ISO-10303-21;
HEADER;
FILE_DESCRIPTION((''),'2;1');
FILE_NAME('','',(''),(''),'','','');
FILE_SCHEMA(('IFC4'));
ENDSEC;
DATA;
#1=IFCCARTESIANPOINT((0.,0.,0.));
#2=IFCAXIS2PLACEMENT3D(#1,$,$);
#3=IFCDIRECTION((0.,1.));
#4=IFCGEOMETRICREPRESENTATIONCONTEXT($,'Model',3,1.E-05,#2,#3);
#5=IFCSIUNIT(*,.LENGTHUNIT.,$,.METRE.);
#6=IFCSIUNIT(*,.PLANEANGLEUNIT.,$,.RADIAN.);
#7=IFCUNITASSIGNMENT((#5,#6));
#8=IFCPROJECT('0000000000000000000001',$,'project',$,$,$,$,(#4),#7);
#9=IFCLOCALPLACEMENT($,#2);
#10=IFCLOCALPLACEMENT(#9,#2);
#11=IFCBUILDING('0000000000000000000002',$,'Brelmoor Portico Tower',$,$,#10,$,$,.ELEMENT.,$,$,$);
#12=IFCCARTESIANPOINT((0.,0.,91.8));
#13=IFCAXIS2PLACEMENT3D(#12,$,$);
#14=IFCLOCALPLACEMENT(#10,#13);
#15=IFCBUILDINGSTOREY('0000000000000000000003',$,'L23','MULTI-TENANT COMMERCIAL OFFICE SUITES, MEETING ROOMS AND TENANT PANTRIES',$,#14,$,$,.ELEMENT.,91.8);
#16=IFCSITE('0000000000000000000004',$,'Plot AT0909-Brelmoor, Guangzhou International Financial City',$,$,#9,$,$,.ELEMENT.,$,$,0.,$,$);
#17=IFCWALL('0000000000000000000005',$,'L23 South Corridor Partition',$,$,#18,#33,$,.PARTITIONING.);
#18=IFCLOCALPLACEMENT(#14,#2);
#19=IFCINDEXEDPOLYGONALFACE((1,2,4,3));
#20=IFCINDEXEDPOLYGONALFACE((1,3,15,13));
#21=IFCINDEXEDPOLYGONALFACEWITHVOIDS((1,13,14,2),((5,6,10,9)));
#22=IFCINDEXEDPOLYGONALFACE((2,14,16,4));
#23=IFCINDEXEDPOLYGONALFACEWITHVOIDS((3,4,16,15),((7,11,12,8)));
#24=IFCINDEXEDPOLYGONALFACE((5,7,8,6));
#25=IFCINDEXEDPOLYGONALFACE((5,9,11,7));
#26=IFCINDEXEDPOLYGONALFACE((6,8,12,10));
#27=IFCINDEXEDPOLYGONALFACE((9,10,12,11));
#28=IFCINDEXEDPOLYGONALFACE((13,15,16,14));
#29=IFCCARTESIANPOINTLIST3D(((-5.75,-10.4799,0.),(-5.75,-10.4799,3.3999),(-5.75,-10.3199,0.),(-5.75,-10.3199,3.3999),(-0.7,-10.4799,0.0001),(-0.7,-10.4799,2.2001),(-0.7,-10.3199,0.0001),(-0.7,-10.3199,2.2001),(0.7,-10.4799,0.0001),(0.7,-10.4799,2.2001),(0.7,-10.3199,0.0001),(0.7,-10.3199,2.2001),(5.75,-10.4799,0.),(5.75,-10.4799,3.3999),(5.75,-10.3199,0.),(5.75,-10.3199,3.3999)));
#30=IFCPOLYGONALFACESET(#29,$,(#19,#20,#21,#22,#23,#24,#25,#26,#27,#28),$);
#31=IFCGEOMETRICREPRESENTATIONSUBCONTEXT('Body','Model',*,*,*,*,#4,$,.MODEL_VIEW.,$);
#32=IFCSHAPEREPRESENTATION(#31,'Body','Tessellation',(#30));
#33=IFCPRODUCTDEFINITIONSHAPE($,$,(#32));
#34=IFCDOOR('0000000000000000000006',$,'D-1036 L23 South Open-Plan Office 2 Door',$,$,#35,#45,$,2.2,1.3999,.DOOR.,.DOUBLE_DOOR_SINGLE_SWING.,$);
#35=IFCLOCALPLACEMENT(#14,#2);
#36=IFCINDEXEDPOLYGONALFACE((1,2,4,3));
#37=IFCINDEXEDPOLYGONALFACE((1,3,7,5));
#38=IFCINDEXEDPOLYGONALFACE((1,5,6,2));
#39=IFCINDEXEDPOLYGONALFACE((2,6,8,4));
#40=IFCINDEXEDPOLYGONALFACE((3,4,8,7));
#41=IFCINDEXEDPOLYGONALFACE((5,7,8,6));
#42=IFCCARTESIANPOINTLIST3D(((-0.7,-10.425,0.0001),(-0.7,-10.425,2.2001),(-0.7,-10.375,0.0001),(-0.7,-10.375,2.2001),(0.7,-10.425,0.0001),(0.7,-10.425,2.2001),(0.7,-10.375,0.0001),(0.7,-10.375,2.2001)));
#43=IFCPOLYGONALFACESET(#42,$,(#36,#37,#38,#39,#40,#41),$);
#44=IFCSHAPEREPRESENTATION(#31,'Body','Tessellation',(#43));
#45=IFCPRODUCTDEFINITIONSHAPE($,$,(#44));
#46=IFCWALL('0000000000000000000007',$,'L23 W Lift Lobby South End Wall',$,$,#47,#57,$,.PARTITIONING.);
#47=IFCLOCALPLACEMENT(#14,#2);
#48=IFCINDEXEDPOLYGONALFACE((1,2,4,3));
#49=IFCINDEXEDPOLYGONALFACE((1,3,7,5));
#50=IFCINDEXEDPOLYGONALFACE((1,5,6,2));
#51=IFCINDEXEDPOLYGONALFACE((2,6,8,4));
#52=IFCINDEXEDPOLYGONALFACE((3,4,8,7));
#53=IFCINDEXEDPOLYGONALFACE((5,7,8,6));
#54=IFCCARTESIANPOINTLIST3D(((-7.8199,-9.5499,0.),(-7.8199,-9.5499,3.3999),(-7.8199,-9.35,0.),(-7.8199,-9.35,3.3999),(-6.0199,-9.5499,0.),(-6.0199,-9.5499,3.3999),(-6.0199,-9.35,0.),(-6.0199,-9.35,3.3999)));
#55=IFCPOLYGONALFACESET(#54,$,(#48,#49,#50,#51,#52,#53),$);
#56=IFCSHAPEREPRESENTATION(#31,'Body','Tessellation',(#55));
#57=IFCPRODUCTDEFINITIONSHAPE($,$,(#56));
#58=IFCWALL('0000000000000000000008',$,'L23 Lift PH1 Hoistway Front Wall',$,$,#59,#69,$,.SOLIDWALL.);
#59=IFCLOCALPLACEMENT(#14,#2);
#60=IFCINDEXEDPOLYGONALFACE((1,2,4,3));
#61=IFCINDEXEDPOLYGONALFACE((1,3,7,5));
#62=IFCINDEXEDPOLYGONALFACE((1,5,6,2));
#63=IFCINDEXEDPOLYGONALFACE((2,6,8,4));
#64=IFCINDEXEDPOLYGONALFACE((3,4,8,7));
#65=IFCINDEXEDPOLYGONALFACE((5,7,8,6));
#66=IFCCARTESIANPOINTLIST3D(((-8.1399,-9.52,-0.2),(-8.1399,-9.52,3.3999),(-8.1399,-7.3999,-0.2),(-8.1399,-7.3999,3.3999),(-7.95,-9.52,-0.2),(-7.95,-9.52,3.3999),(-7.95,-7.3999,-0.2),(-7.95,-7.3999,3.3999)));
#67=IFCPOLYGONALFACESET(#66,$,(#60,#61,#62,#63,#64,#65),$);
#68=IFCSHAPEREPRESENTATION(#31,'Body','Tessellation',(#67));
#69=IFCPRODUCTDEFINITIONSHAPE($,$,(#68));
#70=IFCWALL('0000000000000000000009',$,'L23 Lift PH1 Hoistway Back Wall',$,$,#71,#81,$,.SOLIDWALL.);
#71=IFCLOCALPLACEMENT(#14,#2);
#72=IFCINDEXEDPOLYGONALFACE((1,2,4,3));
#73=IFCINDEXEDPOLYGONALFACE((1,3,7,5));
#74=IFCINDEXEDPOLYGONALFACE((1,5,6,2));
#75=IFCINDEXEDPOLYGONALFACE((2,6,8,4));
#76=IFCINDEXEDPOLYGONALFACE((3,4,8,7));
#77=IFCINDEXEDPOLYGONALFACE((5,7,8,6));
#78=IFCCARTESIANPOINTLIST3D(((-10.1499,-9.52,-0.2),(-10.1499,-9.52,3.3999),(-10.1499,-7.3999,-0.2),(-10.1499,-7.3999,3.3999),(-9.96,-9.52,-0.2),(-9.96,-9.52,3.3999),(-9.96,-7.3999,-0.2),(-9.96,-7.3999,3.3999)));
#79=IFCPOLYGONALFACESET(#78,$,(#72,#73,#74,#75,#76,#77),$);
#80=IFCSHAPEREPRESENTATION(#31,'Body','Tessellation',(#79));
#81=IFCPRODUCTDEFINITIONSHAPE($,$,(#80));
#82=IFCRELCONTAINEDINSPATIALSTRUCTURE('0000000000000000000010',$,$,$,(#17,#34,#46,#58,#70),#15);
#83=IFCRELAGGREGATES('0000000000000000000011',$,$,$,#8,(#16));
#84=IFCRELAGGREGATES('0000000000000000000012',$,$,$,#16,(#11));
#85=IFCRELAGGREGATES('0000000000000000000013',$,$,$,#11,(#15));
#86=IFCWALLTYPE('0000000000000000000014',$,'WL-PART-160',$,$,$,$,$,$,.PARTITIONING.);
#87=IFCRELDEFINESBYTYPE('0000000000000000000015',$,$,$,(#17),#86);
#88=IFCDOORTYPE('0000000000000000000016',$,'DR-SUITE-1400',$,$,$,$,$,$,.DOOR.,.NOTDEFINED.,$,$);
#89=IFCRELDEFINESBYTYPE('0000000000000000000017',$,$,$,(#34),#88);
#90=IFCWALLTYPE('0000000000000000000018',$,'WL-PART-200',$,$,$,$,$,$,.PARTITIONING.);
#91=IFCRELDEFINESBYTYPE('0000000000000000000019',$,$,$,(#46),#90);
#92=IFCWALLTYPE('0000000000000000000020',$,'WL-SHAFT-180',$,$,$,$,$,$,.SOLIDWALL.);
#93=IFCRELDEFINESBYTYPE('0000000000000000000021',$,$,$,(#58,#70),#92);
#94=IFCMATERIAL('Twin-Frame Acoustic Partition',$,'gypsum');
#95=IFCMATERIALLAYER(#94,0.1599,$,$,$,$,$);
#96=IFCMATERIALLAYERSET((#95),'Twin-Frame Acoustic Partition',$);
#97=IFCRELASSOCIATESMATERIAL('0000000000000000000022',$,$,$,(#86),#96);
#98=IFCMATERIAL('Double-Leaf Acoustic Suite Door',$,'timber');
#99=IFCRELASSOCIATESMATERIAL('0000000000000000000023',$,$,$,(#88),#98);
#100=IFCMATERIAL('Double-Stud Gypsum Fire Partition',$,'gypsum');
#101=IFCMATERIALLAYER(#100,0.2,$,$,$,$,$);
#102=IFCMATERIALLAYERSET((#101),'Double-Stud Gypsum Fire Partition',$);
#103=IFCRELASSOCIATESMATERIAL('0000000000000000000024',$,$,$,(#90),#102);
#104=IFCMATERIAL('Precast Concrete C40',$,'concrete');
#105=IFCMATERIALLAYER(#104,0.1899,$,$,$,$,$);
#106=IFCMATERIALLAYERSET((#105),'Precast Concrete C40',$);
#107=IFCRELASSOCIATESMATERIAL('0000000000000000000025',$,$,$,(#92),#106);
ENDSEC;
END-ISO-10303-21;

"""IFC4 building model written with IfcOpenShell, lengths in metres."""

from ifc_helpers import new_model, si_unit, direction, frame, frame_2d, origin, place, context, subcontext, project, spatial, rectangle, extrude, material, layer, layer_set, type_object, element, fill, save


model = new_model("IFC4")

# Units and contexts
model_context = context("Model", 3, precision=1e-05, world=origin(), true_north=direction((0.0, 1.0)))
body_context = subcontext(model_context, "Body", "Model", "MODEL_VIEW")
ifc_project = project(units=[si_unit("LENGTHUNIT", "METRE"), si_unit("PLANEANGLEUNIT", "RADIAN")], contexts=[model_context])

# Site, building, storey
site_placement = place(None, origin())
site = spatial("IfcSite", under=ifc_project, at=site_placement, Name="Plot AT0909-Brelmoor, Guangzhou International Financial City", CompositionType="ELEMENT", RefElevation=0.0)
building_placement = place(site_placement, origin())
building = spatial("IfcBuilding", under=site, at=building_placement, Name="Brelmoor Portico Tower", CompositionType="ELEMENT")
storey_placement = place(building_placement, frame((0.0, 0.0, 91.8)))
storey = spatial("IfcBuildingStorey", under=building, at=storey_placement, Name="L23", Description="MULTI-TENANT COMMERCIAL OFFICE SUITES, MEETING ROOMS AND TENANT PANTRIES", CompositionType="ELEMENT", Elevation=91.8)

# Wall, opening, door
ifc_material_1 = material(Name="Twin-Frame Acoustic Partition", Category="gypsum")
ifc_layer_1 = layer(ifc_material_1, 0.1599)
ifc_layer_set_1 = layer_set([ifc_layer_1], Name="Twin-Frame Acoustic Partition")
wall_type_1 = type_object("IfcWallType", Name="WL-PART-160", PredefinedType="PARTITIONING", material=ifc_layer_set_1)
wall_1_placement = place(storey_placement, frame((-5.75, -10.3999, 0.0), z_axis=(0.0, 0.0, 1.0), x_axis=(1.0, 0.0, 0.0)))
wall_1 = element("IfcWall", 1, at=wall_1_placement, inside=storey, type_object=wall_type_1, Name="L23 South Corridor Partition", PredefinedType="PARTITIONING", context=body_context, shape_type="SweptSolid", body=[
    extrude(rectangle(XDim=11.5, YDim=0.1599, at=frame_2d((5.75, 0.0))), origin(), (0.0, 0.0, 1.0), 3.3999),
])
opening_1_placement = place(wall_1_placement, frame((5.05, 0.0, 0.0)))
opening_1 = element("IfcOpeningElement", 2, at=opening_1_placement, cuts=wall_1, PredefinedType="OPENING", context=body_context, shape_type="SweptSolid", body=[
    extrude(rectangle(XDim=1.3999, YDim=2.2, at=frame_2d((0.7, 1.1001))), frame((0.0, 0.0898, 0.0), z_axis=(0.0, -1.0, 0.0), x_axis=(1.0, 0.0, 0.0)), (0.0, 0.0, 1.0), 0.1799),
])
ifc_material_2 = material(Name="Double-Leaf Acoustic Suite Door", Category="timber")
door_type_1 = type_object("IfcDoorType", Name="DR-SUITE-1400", OperationType="NOTDEFINED", PredefinedType="DOOR", material=ifc_material_2)
door_1_placement = place(opening_1_placement, origin())
door_1 = element("IfcDoor", 3, at=door_1_placement, inside=storey, type_object=door_type_1, Name="D-1036 L23 South Open-Plan Office 2 Door", OperationType="DOUBLE_DOOR_SINGLE_SWING", OverallHeight=2.2, OverallWidth=1.3999, PredefinedType="DOOR", context=body_context, shape_type="SweptSolid", body=[
    extrude(rectangle(XDim=1.3999, YDim=2.2, at=frame_2d((0.7, 1.1001))), frame((0.0, 0.0249, 0.0), z_axis=(0.0, -1.0, 0.0), x_axis=(1.0, 0.0, 0.0)), (0.0, 0.0, 1.0), 0.05),
])
fill(opening_1, door_1)

# Walls
ifc_material_3 = material(Name="Double-Stud Gypsum Fire Partition", Category="gypsum")
ifc_layer_2 = layer(ifc_material_3, 0.2)
ifc_layer_set_2 = layer_set([ifc_layer_2], Name="Double-Stud Gypsum Fire Partition")
wall_type_2 = type_object("IfcWallType", Name="WL-PART-200", PredefinedType="PARTITIONING", material=ifc_layer_set_2)
wall_2_placement = place(storey_placement, frame((-6.02, -9.45, 0.0), z_axis=(0.0, 0.0, 1.0), x_axis=(-1.0, 0.0, 0.0)))
element("IfcWall", 4, at=wall_2_placement, inside=storey, type_object=wall_type_2, Name="L23 W Lift Lobby South End Wall", PredefinedType="PARTITIONING", context=body_context, shape_type="SweptSolid", body=[
    extrude(rectangle(XDim=1.8, YDim=0.2, at=frame_2d((0.8999, 0.0))), origin(), (0.0, 0.0, 1.0), 3.3999),
])
ifc_material_4 = material(Name="Precast Concrete C40", Category="concrete")
ifc_layer_3 = layer(ifc_material_4, 0.1899)
ifc_layer_set_3 = layer_set([ifc_layer_3], Name="Precast Concrete C40")
wall_type_3 = type_object("IfcWallType", Name="WL-SHAFT-180", PredefinedType="SOLIDWALL", material=ifc_layer_set_3)
for number, where, z_axis, x_axis, name in (
    (5, (-8.0449, -9.52, -0.2), (0.0, 0.0, 1.0), (0.0, 1.0, 0.0), "L23 Lift PH1 Hoistway Front Wall"),
    (6, (-10.0549, -9.52, -0.2), (0.0, 0.0, 1.0), (0.0, 1.0, 0.0), "L23 Lift PH1 Hoistway Back Wall"),
):
    element("IfcWall", number, at=place(storey_placement, frame(where, z_axis=z_axis, x_axis=x_axis)), inside=storey, type_object=wall_type_3, Name=name, PredefinedType="SOLIDWALL", context=body_context, shape_type="SweptSolid", body=[
        extrude(rectangle(XDim=2.1201, YDim=0.1899, at=frame_2d((1.0601, 0.0))), origin(), (0.0, 0.0, 1.0), 3.5999),
    ])

save(model, "model.ifc")
